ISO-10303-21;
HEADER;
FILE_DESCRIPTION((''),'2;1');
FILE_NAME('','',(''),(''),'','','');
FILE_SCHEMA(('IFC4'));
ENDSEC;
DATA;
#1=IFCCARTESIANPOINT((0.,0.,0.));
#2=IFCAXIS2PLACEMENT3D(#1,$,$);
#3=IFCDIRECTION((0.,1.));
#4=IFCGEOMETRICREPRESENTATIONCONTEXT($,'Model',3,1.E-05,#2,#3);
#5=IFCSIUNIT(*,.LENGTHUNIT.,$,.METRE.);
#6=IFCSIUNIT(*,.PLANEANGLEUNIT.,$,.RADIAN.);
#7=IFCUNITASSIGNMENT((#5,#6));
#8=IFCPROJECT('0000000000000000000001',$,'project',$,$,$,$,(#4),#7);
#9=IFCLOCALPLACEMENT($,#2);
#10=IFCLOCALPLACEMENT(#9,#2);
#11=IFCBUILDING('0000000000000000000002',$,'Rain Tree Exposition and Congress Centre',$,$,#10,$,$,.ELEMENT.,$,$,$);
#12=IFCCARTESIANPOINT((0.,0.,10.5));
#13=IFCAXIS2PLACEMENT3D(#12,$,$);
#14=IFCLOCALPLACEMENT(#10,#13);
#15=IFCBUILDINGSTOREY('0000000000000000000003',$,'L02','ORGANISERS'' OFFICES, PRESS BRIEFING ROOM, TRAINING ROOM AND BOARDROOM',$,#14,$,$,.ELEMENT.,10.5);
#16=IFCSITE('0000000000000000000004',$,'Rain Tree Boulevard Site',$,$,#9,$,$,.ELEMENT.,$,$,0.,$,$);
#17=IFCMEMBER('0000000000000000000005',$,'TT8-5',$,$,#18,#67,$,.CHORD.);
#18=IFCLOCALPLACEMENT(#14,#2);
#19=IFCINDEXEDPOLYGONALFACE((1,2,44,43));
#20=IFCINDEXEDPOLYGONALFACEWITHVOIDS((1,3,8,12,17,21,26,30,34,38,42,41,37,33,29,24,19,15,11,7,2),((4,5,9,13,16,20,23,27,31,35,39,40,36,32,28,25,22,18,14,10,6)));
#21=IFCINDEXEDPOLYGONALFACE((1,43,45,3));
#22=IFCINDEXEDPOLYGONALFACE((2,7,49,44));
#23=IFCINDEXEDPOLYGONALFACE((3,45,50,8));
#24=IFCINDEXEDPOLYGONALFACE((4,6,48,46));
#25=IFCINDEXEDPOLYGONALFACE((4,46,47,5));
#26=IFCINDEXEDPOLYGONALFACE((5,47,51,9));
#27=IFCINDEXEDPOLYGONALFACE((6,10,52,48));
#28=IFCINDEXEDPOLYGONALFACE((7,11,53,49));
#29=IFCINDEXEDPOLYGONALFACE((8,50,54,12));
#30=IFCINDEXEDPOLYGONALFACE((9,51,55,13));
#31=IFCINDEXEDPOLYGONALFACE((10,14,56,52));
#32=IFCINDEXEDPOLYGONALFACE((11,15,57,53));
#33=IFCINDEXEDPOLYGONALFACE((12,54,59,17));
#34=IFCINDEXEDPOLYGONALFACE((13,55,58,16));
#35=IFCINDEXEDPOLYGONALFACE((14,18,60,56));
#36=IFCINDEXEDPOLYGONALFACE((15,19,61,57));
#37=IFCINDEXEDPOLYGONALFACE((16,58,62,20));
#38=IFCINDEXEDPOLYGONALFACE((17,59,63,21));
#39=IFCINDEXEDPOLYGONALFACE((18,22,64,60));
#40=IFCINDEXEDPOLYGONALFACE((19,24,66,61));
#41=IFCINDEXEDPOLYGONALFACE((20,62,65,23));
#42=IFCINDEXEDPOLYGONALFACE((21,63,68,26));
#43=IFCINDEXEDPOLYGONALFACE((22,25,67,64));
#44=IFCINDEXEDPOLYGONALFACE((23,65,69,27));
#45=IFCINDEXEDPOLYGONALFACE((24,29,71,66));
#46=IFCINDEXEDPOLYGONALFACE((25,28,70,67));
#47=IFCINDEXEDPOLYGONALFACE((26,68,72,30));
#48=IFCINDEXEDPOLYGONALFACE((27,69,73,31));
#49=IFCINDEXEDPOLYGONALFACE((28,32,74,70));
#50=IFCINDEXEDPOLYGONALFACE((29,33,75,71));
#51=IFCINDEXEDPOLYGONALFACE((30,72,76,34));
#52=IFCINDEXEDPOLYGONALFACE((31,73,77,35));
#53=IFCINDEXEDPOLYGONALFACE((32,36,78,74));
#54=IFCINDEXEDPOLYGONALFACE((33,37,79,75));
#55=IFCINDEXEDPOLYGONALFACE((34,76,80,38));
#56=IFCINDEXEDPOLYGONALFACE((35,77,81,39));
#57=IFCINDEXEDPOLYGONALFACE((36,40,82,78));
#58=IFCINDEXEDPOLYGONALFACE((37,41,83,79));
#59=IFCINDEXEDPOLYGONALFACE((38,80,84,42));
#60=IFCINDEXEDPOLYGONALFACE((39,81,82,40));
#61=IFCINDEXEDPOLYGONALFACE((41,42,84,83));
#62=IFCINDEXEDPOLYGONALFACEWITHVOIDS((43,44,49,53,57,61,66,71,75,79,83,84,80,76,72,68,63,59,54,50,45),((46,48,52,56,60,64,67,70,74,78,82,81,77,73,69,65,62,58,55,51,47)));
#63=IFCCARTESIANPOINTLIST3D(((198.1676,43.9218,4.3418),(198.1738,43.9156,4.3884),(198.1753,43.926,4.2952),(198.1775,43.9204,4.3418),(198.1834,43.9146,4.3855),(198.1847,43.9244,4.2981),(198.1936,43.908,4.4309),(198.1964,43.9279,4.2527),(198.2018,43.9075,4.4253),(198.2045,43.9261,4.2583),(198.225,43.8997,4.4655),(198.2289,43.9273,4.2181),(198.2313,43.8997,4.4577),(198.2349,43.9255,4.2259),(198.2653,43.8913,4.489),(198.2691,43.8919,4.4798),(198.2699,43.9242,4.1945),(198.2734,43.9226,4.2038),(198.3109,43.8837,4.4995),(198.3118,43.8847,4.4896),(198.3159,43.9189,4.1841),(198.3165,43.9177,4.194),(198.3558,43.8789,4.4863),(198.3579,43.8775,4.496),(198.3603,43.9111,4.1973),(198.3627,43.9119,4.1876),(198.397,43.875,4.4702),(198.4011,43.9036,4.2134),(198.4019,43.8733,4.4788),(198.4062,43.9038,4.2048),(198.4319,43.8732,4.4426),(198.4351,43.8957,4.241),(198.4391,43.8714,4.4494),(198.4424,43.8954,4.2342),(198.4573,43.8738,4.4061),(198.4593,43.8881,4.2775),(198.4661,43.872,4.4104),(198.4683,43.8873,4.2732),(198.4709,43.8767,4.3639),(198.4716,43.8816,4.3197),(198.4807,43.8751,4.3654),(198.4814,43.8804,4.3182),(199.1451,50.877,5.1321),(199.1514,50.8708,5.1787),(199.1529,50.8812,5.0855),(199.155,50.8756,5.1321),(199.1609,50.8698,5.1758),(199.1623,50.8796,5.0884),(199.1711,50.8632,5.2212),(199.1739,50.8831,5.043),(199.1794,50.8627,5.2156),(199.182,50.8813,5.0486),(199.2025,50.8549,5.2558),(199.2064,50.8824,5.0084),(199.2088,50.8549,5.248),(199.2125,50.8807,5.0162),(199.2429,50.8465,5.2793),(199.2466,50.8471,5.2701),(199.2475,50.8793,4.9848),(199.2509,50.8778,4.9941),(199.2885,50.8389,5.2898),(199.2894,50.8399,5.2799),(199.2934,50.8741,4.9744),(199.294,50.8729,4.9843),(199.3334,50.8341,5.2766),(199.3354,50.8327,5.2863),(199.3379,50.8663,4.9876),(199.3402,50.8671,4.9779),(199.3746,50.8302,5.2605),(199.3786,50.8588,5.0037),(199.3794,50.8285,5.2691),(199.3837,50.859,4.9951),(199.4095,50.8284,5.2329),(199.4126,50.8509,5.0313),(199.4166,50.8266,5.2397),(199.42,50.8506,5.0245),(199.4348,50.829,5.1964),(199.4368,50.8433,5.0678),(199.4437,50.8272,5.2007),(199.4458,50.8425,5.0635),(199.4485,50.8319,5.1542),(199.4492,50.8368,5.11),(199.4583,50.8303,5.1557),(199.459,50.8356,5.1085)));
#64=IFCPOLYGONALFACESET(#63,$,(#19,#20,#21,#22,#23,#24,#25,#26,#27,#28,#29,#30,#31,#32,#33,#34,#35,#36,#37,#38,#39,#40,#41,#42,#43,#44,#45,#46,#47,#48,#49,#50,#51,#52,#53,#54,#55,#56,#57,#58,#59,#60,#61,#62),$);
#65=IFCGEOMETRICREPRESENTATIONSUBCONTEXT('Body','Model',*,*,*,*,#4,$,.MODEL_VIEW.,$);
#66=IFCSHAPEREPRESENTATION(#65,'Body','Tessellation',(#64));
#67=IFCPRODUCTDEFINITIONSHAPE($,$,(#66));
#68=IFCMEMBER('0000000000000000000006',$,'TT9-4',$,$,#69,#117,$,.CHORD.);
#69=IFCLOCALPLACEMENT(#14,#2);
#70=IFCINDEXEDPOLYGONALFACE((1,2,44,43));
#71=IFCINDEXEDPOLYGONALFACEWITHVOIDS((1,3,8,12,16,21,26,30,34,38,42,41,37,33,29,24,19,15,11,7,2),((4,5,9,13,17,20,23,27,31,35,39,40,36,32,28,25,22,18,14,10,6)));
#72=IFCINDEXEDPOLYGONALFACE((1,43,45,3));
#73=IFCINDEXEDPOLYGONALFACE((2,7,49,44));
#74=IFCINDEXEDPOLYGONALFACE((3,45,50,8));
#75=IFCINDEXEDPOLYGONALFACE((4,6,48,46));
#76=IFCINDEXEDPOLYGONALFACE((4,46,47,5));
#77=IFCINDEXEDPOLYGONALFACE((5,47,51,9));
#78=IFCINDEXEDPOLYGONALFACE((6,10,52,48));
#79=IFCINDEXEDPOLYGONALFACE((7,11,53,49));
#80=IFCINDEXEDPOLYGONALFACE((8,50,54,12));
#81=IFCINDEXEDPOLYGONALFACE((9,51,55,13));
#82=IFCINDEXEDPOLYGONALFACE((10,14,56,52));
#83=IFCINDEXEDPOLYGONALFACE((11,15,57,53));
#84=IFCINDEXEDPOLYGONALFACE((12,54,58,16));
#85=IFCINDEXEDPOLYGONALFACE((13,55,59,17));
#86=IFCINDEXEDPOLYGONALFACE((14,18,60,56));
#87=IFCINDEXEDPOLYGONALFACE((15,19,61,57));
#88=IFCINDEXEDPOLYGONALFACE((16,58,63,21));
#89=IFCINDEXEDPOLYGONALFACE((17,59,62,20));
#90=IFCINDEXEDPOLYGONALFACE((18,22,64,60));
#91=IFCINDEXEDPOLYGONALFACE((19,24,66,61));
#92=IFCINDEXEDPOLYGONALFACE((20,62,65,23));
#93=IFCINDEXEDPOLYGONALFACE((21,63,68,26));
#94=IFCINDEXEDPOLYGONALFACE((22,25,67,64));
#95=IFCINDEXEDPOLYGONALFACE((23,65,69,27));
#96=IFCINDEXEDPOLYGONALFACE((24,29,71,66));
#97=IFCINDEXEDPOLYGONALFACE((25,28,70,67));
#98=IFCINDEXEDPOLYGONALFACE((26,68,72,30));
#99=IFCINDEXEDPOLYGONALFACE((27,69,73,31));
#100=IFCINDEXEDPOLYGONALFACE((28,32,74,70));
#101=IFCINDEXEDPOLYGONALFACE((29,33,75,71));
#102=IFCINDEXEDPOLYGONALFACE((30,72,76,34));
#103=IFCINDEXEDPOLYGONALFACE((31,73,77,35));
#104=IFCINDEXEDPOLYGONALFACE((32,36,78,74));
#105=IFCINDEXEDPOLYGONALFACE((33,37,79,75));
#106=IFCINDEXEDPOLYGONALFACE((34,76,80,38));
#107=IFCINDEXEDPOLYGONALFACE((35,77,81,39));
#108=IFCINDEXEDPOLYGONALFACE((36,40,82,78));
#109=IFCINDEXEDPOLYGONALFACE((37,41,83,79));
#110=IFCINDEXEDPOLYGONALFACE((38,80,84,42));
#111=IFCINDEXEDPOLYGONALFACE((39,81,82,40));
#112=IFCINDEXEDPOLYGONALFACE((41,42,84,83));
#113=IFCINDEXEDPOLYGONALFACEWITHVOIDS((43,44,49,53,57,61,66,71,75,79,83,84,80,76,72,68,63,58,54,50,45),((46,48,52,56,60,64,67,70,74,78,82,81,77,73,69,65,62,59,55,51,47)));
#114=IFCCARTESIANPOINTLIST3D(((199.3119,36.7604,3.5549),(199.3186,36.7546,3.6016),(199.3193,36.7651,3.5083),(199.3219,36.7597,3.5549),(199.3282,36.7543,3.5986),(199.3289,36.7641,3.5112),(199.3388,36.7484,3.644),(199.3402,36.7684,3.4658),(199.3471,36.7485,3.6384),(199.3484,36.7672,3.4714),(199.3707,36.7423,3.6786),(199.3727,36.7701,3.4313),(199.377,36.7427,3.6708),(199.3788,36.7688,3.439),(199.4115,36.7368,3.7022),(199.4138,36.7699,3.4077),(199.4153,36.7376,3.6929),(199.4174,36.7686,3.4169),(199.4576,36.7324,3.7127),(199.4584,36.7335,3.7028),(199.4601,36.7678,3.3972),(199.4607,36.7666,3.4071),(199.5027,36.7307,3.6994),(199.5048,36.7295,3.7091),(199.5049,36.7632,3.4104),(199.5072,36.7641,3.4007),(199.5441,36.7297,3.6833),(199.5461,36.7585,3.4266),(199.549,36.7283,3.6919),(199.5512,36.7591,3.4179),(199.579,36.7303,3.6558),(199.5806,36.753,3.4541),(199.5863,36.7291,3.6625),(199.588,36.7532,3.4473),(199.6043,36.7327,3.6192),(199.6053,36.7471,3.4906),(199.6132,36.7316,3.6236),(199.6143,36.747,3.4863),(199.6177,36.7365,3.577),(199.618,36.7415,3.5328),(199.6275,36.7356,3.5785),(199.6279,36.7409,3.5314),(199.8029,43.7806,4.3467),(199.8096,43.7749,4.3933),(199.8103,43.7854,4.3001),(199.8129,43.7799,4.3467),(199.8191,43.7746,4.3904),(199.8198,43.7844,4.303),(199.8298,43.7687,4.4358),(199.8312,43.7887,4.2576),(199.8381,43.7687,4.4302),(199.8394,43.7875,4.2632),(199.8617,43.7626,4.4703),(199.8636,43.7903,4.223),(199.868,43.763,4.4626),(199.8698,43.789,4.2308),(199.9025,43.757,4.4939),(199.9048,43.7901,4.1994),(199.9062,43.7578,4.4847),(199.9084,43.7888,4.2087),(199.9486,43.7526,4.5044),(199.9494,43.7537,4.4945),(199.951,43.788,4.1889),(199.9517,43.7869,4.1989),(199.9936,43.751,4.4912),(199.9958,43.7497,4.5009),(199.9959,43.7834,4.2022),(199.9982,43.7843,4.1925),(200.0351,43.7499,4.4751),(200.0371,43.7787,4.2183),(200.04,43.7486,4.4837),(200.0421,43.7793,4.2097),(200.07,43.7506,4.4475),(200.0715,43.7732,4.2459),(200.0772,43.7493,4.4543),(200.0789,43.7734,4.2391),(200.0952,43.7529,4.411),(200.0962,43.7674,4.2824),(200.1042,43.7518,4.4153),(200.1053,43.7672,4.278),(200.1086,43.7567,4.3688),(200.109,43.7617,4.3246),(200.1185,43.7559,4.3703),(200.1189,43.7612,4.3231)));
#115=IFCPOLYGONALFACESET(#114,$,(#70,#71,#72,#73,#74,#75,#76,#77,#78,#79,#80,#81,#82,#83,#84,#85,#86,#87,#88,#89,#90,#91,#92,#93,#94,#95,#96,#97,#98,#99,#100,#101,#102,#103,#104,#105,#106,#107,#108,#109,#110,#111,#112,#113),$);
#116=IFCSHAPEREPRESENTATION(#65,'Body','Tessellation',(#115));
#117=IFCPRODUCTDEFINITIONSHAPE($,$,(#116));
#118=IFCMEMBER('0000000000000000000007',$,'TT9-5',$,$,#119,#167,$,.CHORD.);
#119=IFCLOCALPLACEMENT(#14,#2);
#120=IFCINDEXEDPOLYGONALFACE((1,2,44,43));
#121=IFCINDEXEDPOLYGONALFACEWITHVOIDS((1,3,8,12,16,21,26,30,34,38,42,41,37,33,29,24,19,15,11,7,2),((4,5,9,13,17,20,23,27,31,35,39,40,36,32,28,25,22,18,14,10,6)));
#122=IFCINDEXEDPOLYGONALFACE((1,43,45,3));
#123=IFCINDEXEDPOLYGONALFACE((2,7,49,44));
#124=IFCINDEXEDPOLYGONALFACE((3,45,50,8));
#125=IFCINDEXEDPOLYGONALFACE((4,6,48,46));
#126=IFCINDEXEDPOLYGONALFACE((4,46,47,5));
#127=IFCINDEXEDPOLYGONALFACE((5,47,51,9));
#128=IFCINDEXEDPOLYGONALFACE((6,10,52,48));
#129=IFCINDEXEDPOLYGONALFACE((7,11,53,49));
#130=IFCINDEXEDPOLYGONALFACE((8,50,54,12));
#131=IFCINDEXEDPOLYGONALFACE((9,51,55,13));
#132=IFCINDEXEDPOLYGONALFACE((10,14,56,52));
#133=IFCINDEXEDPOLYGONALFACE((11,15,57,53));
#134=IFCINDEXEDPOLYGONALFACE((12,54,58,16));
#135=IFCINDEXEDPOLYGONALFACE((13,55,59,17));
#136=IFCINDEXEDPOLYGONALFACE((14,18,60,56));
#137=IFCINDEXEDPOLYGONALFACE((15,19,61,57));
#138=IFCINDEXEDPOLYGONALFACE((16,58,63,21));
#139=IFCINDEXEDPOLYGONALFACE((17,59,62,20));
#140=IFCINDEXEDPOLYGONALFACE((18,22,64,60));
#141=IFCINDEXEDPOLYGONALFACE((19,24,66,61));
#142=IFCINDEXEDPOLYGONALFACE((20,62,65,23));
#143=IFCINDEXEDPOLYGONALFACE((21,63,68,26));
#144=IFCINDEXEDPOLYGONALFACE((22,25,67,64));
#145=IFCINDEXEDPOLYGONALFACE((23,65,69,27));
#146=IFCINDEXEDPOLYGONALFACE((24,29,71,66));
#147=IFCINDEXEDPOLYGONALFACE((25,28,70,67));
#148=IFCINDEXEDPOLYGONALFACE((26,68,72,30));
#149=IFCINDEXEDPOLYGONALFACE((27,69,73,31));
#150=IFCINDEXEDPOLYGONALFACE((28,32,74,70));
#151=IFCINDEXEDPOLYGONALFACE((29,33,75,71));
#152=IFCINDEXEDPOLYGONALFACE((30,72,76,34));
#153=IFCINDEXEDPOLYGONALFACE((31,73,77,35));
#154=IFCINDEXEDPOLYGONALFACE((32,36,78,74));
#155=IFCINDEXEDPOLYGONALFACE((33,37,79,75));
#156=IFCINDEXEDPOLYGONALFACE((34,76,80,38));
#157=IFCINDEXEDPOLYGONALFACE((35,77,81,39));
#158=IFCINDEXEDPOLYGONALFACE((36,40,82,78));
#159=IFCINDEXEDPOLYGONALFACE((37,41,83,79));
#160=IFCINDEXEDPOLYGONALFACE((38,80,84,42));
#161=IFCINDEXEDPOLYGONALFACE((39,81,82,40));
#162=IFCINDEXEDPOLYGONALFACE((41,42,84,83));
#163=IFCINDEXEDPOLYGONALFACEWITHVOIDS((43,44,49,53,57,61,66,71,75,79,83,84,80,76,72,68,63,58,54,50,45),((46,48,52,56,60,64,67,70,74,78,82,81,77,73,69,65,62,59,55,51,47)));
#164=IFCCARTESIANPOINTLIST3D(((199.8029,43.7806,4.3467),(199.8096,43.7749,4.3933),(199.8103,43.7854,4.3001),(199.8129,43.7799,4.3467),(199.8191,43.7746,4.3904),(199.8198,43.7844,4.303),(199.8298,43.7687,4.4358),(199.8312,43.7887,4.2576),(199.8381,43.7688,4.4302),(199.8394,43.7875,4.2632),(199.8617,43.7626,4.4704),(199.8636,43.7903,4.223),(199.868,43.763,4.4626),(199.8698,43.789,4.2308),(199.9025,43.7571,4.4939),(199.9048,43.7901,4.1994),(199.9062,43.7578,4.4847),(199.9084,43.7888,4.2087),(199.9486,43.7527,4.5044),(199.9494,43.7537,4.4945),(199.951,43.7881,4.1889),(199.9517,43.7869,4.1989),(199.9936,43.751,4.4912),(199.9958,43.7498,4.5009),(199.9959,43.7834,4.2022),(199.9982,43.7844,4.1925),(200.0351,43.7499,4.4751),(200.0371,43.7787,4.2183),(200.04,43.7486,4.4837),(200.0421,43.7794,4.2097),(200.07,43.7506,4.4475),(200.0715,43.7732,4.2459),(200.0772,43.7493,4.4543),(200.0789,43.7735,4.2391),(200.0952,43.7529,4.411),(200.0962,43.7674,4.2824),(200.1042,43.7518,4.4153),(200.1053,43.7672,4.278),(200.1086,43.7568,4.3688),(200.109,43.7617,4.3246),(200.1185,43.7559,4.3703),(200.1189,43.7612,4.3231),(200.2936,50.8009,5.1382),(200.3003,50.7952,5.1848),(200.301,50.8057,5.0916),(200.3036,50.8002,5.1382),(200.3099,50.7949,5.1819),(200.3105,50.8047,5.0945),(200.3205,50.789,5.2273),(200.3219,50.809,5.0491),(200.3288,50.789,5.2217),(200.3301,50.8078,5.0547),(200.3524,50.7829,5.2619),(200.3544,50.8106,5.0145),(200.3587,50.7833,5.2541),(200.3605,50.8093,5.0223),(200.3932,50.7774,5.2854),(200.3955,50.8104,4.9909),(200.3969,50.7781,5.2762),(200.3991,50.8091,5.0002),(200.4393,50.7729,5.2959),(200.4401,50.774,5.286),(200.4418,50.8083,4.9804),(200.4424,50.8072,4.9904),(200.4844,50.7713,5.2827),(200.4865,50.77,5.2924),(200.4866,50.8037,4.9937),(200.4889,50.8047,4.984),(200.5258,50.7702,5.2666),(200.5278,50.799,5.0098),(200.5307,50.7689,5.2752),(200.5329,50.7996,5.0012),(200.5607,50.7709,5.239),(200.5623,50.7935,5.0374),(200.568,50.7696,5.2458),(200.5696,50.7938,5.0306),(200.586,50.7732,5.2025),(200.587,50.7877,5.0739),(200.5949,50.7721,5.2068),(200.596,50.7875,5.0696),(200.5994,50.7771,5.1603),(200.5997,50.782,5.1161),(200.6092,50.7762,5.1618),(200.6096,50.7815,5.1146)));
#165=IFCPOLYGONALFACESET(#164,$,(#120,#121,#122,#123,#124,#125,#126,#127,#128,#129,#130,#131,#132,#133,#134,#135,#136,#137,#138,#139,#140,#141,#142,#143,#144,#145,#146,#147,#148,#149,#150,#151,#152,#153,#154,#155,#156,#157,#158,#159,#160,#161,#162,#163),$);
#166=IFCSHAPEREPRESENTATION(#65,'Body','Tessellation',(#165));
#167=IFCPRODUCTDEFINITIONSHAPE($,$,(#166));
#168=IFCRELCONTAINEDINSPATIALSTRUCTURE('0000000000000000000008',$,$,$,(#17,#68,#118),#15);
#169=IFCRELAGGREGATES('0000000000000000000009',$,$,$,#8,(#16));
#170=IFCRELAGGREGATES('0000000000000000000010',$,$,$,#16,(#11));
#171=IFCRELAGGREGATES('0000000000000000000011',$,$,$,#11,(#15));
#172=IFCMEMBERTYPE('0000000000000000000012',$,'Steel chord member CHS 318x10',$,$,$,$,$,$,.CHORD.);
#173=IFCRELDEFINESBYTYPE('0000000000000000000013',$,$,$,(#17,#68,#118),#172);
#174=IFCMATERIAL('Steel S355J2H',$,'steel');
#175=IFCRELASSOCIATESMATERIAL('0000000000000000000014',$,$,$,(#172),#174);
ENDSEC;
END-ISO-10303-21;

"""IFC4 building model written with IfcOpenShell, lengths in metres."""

from ifc_helpers import new_model, si_unit, direction, frame, origin, origin_2d, place, context, subcontext, project, spatial, hollow_circle, extrude, material, material_profile, profile_set, type_object, element, save


model = new_model("IFC4")

# Units and contexts
model_context = context("Model", 3, precision=1e-05, world=origin(), true_north=direction((0.0, 1.0)))
body_context = subcontext(model_context, "Body", "Model", "MODEL_VIEW")
ifc_project = project(units=[si_unit("LENGTHUNIT", "METRE"), si_unit("PLANEANGLEUNIT", "RADIAN")], contexts=[model_context])

# Site, building, storey
site_placement = place(None, origin())
site = spatial("IfcSite", under=ifc_project, at=site_placement, Name="Rain Tree Boulevard Site", CompositionType="ELEMENT", RefElevation=0.0)
building_placement = place(site_placement, origin())
building = spatial("IfcBuilding", under=site, at=building_placement, Name="Rain Tree Exposition and Congress Centre", CompositionType="ELEMENT")
storey_placement = place(building_placement, frame((0.0, 0.0, 10.5)))
storey = spatial("IfcBuildingStorey", under=building, at=storey_placement, Name="L02", Description="ORGANISERS' OFFICES, PRESS BRIEFING ROOM, TRAINING ROOM AND BOARDROOM", CompositionType="ELEMENT", Elevation=10.5)

# Members
ifc_material_1 = material(Name="Steel S355J2H", Category="steel")
ifc_material_profile_1 = material_profile(ifc_material_1, hollow_circle(Radius=0.1592, WallThickness=0.01, at=origin_2d()), Name="CHS 318x10")
ifc_profile_set_1 = profile_set([ifc_material_profile_1], Name="Steel S355J2H")
member_type_1 = type_object("IfcMemberType", Name="Steel chord member CHS 318x10", PredefinedType="CHORD", material=ifc_profile_set_1)
member_1_placement = place(storey_placement, frame((198.3252, 43.8997, 4.3418), z_axis=(0.13831, 0.984057, 0.111815), x_axis=(-0.990267, 0.139182, 0.0)))
element("IfcMember", 1, at=member_1_placement, inside=storey, type_object=member_type_1, Name="TT8-5", PredefinedType="CHORD", context=body_context, shape_type="SweptSolid", body=[
    extrude(hollow_circle(Radius=0.1592, WallThickness=0.01, at=origin_2d()), origin(), (0.0, 0.0, 1.0), 7.0679),
])
for number, where, z_axis, x_axis, name in (
    (2, (199.4707, 36.7493, 3.5549), (0.069328, 0.991309, 0.1118), (-0.997563, 0.069765, 0.0), "TT9-4"),
    (3, (199.9617, 43.7695, 4.3467), (0.069294, 0.991316, 0.111766), (-0.997566, 0.069731, 0.0), "TT9-5"),
):
    element("IfcMember", number, at=place(storey_placement, frame(where, z_axis=z_axis, x_axis=x_axis)), inside=storey, type_object=member_type_1, Name=name, PredefinedType="CHORD", context=body_context, shape_type="SweptSolid", body=[
        extrude(hollow_circle(Radius=0.1592, WallThickness=0.01, at=origin_2d()), origin(), (0.0, 0.0, 1.0), 7.0818),
    ])

save(model, "model.ifc")
